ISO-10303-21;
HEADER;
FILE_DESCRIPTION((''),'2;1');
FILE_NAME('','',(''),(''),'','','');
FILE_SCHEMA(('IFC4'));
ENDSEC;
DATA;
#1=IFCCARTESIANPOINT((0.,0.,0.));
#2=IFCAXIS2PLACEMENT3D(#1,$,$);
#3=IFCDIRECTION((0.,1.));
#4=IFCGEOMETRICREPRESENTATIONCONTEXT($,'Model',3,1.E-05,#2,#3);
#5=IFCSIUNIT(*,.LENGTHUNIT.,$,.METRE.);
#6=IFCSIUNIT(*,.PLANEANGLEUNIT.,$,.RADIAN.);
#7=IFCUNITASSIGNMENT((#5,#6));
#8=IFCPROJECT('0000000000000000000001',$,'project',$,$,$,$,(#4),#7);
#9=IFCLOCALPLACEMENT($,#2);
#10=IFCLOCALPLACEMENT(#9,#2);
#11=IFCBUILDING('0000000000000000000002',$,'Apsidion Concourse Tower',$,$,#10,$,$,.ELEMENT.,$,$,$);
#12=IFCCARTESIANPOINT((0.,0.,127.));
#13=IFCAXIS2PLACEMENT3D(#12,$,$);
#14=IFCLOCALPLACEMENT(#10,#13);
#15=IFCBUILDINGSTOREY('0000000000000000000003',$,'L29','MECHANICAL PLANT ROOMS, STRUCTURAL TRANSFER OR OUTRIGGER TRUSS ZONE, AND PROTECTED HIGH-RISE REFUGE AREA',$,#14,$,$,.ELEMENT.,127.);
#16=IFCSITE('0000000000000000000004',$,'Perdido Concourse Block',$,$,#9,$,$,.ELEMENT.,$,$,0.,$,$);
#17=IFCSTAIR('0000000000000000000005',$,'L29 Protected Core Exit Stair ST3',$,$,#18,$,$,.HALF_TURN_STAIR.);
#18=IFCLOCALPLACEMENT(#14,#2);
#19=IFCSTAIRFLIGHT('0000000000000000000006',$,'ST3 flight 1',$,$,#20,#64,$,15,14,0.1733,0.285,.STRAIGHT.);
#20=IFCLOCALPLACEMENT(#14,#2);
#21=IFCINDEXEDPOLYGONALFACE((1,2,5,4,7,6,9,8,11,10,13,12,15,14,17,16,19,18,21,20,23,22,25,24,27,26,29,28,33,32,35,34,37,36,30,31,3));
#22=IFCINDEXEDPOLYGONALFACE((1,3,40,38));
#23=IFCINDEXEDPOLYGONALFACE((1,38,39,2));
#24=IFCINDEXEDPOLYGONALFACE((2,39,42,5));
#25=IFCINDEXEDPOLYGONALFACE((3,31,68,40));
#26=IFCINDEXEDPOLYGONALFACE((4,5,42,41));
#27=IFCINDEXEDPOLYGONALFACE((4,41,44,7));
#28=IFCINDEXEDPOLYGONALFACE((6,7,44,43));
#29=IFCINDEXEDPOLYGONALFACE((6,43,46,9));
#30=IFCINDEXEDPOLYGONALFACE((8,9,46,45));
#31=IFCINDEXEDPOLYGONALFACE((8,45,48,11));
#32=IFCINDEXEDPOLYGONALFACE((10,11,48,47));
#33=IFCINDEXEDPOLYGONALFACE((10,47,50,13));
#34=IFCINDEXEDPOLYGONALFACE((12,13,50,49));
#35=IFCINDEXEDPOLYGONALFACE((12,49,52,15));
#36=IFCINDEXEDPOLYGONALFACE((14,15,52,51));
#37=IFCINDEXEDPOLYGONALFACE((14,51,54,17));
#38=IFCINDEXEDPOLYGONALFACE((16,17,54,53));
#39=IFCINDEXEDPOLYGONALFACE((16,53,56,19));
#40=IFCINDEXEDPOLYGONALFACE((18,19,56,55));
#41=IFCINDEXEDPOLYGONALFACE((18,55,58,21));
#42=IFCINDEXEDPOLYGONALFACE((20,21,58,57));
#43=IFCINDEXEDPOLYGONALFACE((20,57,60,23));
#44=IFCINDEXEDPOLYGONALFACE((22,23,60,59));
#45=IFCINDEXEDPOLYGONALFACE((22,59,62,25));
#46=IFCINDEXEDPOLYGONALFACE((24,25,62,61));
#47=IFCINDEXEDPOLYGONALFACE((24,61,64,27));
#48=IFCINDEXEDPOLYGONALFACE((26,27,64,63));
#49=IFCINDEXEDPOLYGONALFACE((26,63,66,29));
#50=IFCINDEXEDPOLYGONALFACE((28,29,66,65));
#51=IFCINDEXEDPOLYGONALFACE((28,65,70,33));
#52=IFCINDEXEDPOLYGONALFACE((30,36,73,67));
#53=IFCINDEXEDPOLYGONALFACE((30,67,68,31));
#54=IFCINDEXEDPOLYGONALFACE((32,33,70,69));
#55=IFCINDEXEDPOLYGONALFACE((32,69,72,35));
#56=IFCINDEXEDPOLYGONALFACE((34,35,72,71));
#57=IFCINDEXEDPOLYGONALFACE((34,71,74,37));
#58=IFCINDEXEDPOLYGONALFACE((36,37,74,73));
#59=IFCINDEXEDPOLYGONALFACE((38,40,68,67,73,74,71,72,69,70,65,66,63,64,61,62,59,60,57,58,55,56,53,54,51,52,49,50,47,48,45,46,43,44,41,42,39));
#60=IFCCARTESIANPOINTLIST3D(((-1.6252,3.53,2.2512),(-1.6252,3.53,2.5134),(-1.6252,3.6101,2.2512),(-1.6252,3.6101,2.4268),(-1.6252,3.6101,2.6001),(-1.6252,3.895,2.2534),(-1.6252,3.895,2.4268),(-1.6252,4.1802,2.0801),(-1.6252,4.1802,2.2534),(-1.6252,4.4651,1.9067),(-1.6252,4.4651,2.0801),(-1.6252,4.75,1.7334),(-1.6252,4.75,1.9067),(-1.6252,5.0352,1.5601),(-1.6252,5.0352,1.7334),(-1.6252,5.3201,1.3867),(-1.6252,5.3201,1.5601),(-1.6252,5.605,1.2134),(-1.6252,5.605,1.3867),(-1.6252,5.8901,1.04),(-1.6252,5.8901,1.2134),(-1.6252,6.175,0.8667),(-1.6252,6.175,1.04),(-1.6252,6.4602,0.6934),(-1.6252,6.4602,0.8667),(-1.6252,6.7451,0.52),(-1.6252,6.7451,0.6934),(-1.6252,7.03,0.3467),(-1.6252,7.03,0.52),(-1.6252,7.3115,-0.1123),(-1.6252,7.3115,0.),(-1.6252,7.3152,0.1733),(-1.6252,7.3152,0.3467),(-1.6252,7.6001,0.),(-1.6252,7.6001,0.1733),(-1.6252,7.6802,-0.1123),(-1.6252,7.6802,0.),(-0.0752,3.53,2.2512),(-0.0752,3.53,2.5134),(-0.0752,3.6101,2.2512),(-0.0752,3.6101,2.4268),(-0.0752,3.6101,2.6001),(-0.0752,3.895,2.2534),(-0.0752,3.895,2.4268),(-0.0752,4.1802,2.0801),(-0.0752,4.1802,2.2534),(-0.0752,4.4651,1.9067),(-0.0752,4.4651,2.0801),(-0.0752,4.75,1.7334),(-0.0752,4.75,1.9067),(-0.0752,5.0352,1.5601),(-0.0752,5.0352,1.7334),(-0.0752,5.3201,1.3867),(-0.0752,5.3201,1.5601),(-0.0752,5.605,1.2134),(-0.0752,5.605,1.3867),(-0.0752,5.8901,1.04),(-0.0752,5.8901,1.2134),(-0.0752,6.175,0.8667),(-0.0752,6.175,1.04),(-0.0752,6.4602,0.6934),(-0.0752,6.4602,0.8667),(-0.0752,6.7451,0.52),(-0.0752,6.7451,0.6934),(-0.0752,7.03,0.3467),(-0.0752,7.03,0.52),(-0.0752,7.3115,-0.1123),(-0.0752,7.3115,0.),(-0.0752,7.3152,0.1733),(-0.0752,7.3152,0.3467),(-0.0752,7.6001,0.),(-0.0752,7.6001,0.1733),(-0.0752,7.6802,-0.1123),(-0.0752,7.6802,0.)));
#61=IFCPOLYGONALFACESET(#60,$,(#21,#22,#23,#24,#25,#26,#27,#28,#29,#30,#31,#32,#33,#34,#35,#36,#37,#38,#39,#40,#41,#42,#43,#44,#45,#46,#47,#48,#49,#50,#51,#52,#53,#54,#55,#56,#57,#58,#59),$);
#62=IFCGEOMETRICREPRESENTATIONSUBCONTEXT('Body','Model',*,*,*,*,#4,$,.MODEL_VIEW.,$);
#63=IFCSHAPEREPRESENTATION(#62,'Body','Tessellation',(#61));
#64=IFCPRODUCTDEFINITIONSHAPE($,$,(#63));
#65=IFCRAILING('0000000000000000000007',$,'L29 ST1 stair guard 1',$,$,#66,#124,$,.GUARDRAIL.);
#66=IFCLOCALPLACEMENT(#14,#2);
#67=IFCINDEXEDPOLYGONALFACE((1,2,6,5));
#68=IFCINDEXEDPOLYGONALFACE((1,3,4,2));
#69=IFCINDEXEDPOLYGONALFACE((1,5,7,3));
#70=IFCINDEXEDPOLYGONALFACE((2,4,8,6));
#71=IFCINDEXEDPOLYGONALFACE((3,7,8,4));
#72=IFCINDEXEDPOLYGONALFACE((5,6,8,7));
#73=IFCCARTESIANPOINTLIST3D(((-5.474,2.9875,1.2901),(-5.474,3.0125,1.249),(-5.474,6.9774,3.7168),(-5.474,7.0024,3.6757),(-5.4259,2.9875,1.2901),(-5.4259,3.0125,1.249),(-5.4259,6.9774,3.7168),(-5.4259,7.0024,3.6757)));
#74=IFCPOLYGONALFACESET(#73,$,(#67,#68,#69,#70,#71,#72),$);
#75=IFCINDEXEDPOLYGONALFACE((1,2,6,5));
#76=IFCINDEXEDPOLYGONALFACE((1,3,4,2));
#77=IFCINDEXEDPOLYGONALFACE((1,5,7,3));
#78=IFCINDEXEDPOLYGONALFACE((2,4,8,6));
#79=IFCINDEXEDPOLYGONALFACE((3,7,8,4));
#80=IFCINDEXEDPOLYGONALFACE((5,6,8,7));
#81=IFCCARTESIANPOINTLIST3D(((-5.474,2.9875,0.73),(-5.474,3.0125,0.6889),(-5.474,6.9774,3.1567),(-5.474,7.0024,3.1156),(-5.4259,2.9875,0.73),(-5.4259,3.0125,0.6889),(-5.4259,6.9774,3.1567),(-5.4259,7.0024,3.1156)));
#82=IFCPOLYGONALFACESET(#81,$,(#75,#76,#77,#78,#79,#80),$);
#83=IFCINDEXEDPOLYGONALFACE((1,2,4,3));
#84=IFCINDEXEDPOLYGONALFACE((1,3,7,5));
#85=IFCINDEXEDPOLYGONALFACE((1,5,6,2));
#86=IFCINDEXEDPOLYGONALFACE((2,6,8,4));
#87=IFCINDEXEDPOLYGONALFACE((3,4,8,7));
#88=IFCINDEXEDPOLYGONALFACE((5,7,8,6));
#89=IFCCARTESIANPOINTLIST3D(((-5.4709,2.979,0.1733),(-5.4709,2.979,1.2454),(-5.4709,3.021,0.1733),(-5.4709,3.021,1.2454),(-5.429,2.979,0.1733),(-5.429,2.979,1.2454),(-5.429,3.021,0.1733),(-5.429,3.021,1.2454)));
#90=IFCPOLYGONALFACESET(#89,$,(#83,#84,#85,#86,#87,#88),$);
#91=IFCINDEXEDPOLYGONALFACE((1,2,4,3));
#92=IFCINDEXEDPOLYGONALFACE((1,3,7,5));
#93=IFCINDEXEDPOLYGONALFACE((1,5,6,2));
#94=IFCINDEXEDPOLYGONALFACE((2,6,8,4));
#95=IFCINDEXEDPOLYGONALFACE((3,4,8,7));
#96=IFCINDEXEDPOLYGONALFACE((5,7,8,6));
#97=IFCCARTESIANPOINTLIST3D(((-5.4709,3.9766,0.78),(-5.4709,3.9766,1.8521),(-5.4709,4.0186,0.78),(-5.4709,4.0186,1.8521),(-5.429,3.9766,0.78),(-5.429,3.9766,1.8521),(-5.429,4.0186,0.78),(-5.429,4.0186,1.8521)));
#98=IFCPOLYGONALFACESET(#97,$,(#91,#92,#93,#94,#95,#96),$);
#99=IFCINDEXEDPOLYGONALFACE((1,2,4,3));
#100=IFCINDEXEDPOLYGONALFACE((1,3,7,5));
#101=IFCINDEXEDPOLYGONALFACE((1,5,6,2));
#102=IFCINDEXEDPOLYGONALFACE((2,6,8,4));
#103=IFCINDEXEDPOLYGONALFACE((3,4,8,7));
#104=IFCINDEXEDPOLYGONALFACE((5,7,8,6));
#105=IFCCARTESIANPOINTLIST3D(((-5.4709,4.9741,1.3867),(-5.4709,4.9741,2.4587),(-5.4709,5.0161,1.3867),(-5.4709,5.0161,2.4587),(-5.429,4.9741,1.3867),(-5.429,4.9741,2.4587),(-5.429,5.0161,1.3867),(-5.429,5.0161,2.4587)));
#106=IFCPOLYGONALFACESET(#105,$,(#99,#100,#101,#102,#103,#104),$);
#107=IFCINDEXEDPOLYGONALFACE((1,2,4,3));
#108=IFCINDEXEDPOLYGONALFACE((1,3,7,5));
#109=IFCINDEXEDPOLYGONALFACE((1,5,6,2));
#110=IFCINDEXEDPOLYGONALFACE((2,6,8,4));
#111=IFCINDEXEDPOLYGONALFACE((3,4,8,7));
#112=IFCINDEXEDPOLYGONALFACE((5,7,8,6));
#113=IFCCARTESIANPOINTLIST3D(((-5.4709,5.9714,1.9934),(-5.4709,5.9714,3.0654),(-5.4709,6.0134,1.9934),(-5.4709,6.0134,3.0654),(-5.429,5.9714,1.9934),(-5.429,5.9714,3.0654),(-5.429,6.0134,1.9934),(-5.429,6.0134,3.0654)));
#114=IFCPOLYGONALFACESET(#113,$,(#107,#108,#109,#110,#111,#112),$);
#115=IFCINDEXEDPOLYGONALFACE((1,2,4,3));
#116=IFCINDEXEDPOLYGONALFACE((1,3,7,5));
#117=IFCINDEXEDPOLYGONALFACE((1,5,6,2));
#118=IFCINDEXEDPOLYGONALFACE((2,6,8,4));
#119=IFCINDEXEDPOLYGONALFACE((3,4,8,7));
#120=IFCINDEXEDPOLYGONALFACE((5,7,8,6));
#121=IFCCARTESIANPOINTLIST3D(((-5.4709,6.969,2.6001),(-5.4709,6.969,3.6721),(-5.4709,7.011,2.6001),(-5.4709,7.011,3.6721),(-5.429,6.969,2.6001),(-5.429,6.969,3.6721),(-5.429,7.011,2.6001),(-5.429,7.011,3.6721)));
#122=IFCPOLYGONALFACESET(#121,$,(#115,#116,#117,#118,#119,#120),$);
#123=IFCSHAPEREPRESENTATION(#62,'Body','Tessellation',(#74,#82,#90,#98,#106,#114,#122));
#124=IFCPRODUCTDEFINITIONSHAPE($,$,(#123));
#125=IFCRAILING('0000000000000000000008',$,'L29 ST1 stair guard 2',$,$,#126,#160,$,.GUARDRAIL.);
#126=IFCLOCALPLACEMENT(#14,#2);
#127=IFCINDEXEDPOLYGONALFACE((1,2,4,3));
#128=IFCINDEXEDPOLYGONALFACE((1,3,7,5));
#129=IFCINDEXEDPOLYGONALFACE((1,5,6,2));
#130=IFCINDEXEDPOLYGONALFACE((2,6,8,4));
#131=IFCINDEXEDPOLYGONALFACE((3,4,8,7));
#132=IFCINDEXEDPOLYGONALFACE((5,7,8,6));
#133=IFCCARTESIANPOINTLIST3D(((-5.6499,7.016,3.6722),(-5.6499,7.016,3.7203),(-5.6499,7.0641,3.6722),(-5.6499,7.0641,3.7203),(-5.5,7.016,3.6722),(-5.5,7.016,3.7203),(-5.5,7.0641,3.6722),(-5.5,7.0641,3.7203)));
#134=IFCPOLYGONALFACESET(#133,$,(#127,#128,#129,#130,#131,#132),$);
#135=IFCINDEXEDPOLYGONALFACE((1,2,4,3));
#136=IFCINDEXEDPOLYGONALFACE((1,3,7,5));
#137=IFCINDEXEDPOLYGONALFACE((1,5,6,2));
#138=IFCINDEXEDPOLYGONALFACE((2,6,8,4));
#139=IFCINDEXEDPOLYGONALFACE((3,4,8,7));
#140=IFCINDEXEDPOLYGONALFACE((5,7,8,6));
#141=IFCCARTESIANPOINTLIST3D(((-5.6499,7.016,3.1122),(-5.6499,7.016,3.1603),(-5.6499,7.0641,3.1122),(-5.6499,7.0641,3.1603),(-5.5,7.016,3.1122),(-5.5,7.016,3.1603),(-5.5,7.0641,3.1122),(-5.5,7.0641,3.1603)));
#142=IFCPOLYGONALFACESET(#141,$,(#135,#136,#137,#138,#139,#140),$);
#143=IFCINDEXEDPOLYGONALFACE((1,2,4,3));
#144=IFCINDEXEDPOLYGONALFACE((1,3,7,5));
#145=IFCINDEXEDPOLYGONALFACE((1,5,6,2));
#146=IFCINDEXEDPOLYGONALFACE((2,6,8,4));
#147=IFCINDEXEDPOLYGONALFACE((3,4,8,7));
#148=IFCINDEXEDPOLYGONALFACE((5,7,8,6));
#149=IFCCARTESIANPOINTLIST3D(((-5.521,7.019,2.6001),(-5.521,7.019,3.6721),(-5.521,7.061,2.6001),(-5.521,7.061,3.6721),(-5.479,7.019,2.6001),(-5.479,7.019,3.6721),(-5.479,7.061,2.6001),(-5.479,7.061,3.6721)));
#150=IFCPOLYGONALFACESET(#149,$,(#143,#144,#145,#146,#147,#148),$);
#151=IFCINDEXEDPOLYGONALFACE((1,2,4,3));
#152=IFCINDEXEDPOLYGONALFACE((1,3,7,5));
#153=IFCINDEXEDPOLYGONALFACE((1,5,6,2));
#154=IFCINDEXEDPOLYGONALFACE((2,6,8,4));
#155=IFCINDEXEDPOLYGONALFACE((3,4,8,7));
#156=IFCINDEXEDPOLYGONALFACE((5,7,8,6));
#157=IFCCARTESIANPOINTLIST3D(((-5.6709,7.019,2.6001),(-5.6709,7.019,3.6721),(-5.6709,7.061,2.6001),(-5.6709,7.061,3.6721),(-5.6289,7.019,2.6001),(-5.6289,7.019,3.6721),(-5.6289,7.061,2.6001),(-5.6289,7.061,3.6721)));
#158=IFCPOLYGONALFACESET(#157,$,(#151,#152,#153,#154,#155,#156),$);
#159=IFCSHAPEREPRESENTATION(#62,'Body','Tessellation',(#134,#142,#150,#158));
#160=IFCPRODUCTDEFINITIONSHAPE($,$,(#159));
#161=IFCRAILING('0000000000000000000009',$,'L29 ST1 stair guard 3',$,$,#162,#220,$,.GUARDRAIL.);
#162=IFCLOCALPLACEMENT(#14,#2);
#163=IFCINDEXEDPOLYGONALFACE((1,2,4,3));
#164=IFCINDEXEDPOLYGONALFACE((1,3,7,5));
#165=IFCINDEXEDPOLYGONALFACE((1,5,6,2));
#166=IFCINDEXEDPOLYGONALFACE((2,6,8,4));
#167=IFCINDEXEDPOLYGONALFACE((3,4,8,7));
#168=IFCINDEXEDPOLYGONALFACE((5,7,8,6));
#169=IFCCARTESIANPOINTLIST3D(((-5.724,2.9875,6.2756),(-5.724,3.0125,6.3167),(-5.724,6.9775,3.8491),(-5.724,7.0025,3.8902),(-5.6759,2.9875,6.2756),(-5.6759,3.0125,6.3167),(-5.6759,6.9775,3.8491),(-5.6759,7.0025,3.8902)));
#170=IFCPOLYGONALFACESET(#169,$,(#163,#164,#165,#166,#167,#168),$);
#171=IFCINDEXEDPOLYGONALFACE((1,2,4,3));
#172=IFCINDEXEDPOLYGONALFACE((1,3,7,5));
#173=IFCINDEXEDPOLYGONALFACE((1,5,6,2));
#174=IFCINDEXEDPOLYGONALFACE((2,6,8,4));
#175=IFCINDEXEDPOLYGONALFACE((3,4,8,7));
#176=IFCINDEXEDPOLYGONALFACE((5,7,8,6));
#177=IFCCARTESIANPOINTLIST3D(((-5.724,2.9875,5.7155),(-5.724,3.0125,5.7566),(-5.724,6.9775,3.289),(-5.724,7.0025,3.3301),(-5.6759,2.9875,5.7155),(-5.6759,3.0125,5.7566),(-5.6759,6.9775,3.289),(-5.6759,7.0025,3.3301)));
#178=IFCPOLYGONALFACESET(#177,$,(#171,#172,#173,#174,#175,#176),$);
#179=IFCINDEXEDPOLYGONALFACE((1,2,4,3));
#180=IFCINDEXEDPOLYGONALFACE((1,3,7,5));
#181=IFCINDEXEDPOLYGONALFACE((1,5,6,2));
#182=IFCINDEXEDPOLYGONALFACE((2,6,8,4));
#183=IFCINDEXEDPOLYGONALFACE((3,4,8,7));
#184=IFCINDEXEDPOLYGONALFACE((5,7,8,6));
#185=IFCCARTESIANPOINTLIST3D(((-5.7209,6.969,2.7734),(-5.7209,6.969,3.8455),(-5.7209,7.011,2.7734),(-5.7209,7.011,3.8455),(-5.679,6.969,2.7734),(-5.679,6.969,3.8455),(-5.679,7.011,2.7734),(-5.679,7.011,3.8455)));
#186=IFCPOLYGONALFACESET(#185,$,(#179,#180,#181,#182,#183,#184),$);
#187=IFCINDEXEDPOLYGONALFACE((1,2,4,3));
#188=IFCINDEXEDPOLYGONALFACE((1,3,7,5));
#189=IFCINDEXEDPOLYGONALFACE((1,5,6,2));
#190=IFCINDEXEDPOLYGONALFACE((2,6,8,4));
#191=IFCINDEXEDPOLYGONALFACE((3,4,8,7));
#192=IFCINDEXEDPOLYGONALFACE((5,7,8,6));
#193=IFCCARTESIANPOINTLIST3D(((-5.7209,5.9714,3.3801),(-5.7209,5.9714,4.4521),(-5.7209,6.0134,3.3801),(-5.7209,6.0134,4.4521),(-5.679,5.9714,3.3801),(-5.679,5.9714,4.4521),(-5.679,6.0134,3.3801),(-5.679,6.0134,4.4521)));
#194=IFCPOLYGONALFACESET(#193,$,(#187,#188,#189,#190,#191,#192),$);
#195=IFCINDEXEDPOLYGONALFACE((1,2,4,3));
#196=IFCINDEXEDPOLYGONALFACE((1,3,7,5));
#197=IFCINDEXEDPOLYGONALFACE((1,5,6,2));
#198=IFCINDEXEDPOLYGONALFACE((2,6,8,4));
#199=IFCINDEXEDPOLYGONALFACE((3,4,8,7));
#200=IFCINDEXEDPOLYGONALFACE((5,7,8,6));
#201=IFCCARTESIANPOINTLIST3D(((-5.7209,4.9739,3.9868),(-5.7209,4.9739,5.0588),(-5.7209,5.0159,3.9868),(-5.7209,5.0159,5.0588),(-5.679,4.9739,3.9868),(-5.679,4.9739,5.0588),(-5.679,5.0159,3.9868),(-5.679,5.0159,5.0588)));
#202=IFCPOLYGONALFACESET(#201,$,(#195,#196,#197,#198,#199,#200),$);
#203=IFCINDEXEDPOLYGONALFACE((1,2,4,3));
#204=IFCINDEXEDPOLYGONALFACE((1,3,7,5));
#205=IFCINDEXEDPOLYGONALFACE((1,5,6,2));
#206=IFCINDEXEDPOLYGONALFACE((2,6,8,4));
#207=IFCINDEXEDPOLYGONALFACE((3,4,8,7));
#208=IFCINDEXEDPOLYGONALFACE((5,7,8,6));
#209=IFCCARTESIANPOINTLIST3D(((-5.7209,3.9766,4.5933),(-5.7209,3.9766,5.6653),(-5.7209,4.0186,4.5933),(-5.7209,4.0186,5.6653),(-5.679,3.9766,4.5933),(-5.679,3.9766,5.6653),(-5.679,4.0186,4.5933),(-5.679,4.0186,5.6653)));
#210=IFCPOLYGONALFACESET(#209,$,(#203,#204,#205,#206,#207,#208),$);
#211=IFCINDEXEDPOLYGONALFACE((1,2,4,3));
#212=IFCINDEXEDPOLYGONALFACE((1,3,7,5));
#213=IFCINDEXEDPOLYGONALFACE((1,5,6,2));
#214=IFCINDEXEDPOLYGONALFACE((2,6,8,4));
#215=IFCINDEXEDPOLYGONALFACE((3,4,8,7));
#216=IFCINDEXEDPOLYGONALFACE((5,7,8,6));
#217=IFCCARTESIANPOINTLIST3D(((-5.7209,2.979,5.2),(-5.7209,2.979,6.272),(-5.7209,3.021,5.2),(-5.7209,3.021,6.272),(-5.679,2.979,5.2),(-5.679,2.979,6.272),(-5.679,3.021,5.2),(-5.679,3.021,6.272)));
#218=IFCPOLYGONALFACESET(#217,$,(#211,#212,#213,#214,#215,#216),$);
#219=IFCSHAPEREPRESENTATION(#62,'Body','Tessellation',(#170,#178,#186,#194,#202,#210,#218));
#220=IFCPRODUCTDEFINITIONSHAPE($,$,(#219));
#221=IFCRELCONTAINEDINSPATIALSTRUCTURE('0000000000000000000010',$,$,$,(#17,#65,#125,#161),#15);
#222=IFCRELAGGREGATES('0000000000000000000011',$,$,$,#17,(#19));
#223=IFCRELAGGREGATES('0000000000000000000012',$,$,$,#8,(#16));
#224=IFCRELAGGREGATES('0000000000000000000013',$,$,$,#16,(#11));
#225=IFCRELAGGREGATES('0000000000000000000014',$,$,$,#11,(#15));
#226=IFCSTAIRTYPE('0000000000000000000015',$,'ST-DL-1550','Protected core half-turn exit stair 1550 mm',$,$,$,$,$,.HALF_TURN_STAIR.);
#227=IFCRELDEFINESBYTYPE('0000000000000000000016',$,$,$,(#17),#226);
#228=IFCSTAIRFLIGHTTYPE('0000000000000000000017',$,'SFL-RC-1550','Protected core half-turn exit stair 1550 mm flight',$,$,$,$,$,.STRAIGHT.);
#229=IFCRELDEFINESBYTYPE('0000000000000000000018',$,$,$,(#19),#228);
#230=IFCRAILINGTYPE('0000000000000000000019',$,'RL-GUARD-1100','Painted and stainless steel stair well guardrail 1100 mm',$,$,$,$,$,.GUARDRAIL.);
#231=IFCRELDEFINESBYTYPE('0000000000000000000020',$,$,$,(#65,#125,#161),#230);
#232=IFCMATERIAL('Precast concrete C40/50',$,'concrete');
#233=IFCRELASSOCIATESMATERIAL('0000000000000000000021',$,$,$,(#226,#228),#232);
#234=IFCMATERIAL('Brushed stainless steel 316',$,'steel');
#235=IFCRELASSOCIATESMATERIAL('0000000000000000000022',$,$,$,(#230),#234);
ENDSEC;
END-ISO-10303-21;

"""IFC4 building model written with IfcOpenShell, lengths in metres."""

from ifc_helpers import new_model, si_unit, direction, frame, origin, origin_2d, place, context, subcontext, project, spatial, polyline, rectangle, outline, extrude, material, type_object, element, aggregate, save


model = new_model("IFC4")

# Units and contexts
model_context = context("Model", 3, precision=1e-05, world=origin(), true_north=direction((0.0, 1.0)))
body_context = subcontext(model_context, "Body", "Model", "MODEL_VIEW")
ifc_project = project(units=[si_unit("LENGTHUNIT", "METRE"), si_unit("PLANEANGLEUNIT", "RADIAN")], contexts=[model_context])

# Site, building, storey
site_placement = place(None, origin())
site = spatial("IfcSite", under=ifc_project, at=site_placement, Name="Perdido Concourse Block", CompositionType="ELEMENT", RefElevation=0.0)
building_placement = place(site_placement, origin())
building = spatial("IfcBuilding", under=site, at=building_placement, Name="Apsidion Concourse Tower", CompositionType="ELEMENT")
storey_placement = place(building_placement, frame((0.0, 0.0, 127.0)))
storey = spatial("IfcBuildingStorey", under=building, at=storey_placement, Name="L29", Description="MECHANICAL PLANT ROOMS, STRUCTURAL TRANSFER OR OUTRIGGER TRUSS ZONE, AND PROTECTED HIGH-RISE REFUGE AREA", CompositionType="ELEMENT", Elevation=127.0)

# Shared definitions
ifc_material_1 = material(Name="Precast concrete C40/50", Category="concrete")
stair_type = type_object("IfcStairType", Name="ST-DL-1550", Description="Protected core half-turn exit stair 1550 mm", PredefinedType="HALF_TURN_STAIR", material=ifc_material_1)
stair_flight_type = type_object("IfcStairFlightType", Name="SFL-RC-1550", Description="Protected core half-turn exit stair 1550 mm flight", PredefinedType="STRAIGHT", material=ifc_material_1)

# Stair, stair flight
stair_1_placement = place(storey_placement, origin())
stair_1 = element("IfcStair", 1, at=stair_1_placement, inside=storey, type_object=stair_type, Name="L29 Protected Core Exit Stair ST3", PredefinedType="HALF_TURN_STAIR")
stair_flight_1_placement = place(storey_placement, frame((-0.8501, 7.6001, 0.0), z_axis=(0.0, 0.0, 1.0), x_axis=(0.0, -1.0, 0.0)))
stair_flight_1 = element("IfcStairFlight", 2, at=stair_flight_1_placement, type_object=stair_flight_type, Name="ST3 flight 1", NumberOfRisers=15, NumberOfTreads=14, PredefinedType="STRAIGHT", RiserHeight=0.1733, TreadLength=0.285, context=body_context, shape_type="SweptSolid", body=[
    extrude(outline(polyline([(-0.0801, -0.1123), (-0.0801, 0.0), (0.0, 0.0), (0.0, 0.1733), (0.2849, 0.1733), (0.2849, 0.3467), (0.5701, 0.3467), (0.5701, 0.52), (0.855, 0.52), (0.855, 0.6934), (1.1399, 0.6934), (1.1399, 0.8667), (1.425, 0.8667), (1.425, 1.04), (1.71, 1.04), (1.71, 1.2134), (1.9951, 1.2134), (1.9951, 1.3867), (2.28, 1.3867), (2.28, 1.5601), (2.5649, 1.5601), (2.5649, 1.7334), (2.8501, 1.7334), (2.8501, 1.9067), (3.135, 1.9067), (3.135, 2.0801), (3.4199, 2.0801), (3.4199, 2.2534), (3.7051, 2.2534), (3.7051, 2.4268), (3.99, 2.4268), (3.99, 2.6001), (4.0701, 2.5134), (4.0701, 2.2512), (3.99, 2.2512), (0.2886, 0.0), (0.2886, -0.1123), (-0.0801, -0.1123)])), frame((0.0, 0.7749, 0.0), z_axis=(0.0, -1.0, 0.0), x_axis=(1.0, 0.0, 0.0)), (0.0, 0.0, 1.0), 1.55),
])
aggregate(stair_1, [stair_flight_1])

# Railings
ifc_material_2 = material(Name="Brushed stainless steel 316", Category="steel")
railing_type_1 = type_object("IfcRailingType", Name="RL-GUARD-1100", Description="Painted and stainless steel stair well guardrail 1100 mm", PredefinedType="GUARDRAIL", material=ifc_material_2)
railing_1_placement = place(storey_placement, frame((-5.45, 3.0, 0.1733)))
element("IfcRailing", 3, at=railing_1_placement, inside=storey, type_object=railing_type_1, Name="L29 ST1 stair guard 1", PredefinedType="GUARDRAIL", context=body_context, shape_type="SweptSolid", body=[
    extrude(rectangle(XDim=0.0481, YDim=0.0481, at=origin_2d()), frame((0.0, 0.0, 1.0962), z_axis=(0.0, 0.854382, 0.519645), x_axis=(-1.0, 0.0, 0.0)), (0.0, 0.0, 1.0), 4.6699),
    extrude(rectangle(XDim=0.0481, YDim=0.0481, at=origin_2d()), frame((0.0, 0.0, 0.5361), z_axis=(0.0, 0.854382, 0.519645), x_axis=(-1.0, 0.0, 0.0)), (0.0, 0.0, 1.0), 4.6699),
    extrude(rectangle(XDim=0.042, YDim=0.042, at=origin_2d()), origin(), (0.0, 0.0, 1.0), 1.072),
    extrude(rectangle(XDim=0.042, YDim=0.042, at=origin_2d()), frame((0.0, 0.9976, 0.6067)), (0.0, 0.0, 1.0), 1.072),
    extrude(rectangle(XDim=0.042, YDim=0.042, at=origin_2d()), frame((0.0, 1.9951, 1.2134)), (0.0, 0.0, 1.0), 1.072),
    extrude(rectangle(XDim=0.042, YDim=0.042, at=origin_2d()), frame((0.0, 2.9924, 1.8201)), (0.0, 0.0, 1.0), 1.072),
    extrude(rectangle(XDim=0.042, YDim=0.042, at=origin_2d()), frame((0.0, 3.99, 2.4268)), (0.0, 0.0, 1.0), 1.072),
])
railing_2_placement = place(storey_placement, frame((-5.5, 7.04, 2.6001)))
element("IfcRailing", 4, at=railing_2_placement, inside=storey, type_object=railing_type_1, Name="L29 ST1 stair guard 2", PredefinedType="GUARDRAIL", context=body_context, shape_type="SweptSolid", body=[
    extrude(rectangle(XDim=0.0481, YDim=0.0481, at=origin_2d()), frame((0.0, 0.0, 1.0962), z_axis=(-1.0, 0.0, 0.0), x_axis=(0.0, -1.0, 0.0)), (0.0, 0.0, 1.0), 0.1499),
    extrude(rectangle(XDim=0.0481, YDim=0.0481, at=origin_2d()), frame((0.0, 0.0, 0.5361), z_axis=(-1.0, 0.0, 0.0), x_axis=(0.0, -1.0, 0.0)), (0.0, 0.0, 1.0), 0.1499),
    extrude(rectangle(XDim=0.042, YDim=0.042, at=origin_2d()), origin(), (0.0, 0.0, 1.0), 1.072),
    extrude(rectangle(XDim=0.042, YDim=0.042, at=origin_2d()), frame((-0.1499, 0.0, 0.0)), (0.0, 0.0, 1.0), 1.072),
])
railing_3_placement = place(storey_placement, frame((-5.7, 6.99, 2.7734)))
element("IfcRailing", 5, at=railing_3_placement, inside=storey, type_object=railing_type_1, Name="L29 ST1 stair guard 3", PredefinedType="GUARDRAIL", context=body_context, shape_type="SweptSolid", body=[
    extrude(rectangle(XDim=0.0481, YDim=0.0481, at=origin_2d()), frame((0.0, 0.0, 1.0962), z_axis=(0.0, -0.854405, 0.519607), x_axis=(1.0, 0.0, 0.0)), (0.0, 0.0, 1.0), 4.6699),
    extrude(rectangle(XDim=0.0481, YDim=0.0481, at=origin_2d()), frame((0.0, 0.0, 0.5361), z_axis=(0.0, -0.854405, 0.519607), x_axis=(1.0, 0.0, 0.0)), (0.0, 0.0, 1.0), 4.6699),
    extrude(rectangle(XDim=0.042, YDim=0.042, at=origin_2d()), origin(), (0.0, 0.0, 1.0), 1.072),
    extrude(rectangle(XDim=0.042, YDim=0.042, at=origin_2d()), frame((0.0, -0.9976, 0.6067)), (0.0, 0.0, 1.0), 1.072),
    extrude(rectangle(XDim=0.042, YDim=0.042, at=origin_2d()), frame((0.0, -1.9951, 1.2134)), (0.0, 0.0, 1.0), 1.072),
    extrude(rectangle(XDim=0.042, YDim=0.042, at=origin_2d()), frame((0.0, -2.9924, 1.8198)), (0.0, 0.0, 1.0), 1.072),
    extrude(rectangle(XDim=0.042, YDim=0.042, at=origin_2d()), frame((0.0, -3.99, 2.4265)), (0.0, 0.0, 1.0), 1.072),
])

save(model, "model.ifc")
